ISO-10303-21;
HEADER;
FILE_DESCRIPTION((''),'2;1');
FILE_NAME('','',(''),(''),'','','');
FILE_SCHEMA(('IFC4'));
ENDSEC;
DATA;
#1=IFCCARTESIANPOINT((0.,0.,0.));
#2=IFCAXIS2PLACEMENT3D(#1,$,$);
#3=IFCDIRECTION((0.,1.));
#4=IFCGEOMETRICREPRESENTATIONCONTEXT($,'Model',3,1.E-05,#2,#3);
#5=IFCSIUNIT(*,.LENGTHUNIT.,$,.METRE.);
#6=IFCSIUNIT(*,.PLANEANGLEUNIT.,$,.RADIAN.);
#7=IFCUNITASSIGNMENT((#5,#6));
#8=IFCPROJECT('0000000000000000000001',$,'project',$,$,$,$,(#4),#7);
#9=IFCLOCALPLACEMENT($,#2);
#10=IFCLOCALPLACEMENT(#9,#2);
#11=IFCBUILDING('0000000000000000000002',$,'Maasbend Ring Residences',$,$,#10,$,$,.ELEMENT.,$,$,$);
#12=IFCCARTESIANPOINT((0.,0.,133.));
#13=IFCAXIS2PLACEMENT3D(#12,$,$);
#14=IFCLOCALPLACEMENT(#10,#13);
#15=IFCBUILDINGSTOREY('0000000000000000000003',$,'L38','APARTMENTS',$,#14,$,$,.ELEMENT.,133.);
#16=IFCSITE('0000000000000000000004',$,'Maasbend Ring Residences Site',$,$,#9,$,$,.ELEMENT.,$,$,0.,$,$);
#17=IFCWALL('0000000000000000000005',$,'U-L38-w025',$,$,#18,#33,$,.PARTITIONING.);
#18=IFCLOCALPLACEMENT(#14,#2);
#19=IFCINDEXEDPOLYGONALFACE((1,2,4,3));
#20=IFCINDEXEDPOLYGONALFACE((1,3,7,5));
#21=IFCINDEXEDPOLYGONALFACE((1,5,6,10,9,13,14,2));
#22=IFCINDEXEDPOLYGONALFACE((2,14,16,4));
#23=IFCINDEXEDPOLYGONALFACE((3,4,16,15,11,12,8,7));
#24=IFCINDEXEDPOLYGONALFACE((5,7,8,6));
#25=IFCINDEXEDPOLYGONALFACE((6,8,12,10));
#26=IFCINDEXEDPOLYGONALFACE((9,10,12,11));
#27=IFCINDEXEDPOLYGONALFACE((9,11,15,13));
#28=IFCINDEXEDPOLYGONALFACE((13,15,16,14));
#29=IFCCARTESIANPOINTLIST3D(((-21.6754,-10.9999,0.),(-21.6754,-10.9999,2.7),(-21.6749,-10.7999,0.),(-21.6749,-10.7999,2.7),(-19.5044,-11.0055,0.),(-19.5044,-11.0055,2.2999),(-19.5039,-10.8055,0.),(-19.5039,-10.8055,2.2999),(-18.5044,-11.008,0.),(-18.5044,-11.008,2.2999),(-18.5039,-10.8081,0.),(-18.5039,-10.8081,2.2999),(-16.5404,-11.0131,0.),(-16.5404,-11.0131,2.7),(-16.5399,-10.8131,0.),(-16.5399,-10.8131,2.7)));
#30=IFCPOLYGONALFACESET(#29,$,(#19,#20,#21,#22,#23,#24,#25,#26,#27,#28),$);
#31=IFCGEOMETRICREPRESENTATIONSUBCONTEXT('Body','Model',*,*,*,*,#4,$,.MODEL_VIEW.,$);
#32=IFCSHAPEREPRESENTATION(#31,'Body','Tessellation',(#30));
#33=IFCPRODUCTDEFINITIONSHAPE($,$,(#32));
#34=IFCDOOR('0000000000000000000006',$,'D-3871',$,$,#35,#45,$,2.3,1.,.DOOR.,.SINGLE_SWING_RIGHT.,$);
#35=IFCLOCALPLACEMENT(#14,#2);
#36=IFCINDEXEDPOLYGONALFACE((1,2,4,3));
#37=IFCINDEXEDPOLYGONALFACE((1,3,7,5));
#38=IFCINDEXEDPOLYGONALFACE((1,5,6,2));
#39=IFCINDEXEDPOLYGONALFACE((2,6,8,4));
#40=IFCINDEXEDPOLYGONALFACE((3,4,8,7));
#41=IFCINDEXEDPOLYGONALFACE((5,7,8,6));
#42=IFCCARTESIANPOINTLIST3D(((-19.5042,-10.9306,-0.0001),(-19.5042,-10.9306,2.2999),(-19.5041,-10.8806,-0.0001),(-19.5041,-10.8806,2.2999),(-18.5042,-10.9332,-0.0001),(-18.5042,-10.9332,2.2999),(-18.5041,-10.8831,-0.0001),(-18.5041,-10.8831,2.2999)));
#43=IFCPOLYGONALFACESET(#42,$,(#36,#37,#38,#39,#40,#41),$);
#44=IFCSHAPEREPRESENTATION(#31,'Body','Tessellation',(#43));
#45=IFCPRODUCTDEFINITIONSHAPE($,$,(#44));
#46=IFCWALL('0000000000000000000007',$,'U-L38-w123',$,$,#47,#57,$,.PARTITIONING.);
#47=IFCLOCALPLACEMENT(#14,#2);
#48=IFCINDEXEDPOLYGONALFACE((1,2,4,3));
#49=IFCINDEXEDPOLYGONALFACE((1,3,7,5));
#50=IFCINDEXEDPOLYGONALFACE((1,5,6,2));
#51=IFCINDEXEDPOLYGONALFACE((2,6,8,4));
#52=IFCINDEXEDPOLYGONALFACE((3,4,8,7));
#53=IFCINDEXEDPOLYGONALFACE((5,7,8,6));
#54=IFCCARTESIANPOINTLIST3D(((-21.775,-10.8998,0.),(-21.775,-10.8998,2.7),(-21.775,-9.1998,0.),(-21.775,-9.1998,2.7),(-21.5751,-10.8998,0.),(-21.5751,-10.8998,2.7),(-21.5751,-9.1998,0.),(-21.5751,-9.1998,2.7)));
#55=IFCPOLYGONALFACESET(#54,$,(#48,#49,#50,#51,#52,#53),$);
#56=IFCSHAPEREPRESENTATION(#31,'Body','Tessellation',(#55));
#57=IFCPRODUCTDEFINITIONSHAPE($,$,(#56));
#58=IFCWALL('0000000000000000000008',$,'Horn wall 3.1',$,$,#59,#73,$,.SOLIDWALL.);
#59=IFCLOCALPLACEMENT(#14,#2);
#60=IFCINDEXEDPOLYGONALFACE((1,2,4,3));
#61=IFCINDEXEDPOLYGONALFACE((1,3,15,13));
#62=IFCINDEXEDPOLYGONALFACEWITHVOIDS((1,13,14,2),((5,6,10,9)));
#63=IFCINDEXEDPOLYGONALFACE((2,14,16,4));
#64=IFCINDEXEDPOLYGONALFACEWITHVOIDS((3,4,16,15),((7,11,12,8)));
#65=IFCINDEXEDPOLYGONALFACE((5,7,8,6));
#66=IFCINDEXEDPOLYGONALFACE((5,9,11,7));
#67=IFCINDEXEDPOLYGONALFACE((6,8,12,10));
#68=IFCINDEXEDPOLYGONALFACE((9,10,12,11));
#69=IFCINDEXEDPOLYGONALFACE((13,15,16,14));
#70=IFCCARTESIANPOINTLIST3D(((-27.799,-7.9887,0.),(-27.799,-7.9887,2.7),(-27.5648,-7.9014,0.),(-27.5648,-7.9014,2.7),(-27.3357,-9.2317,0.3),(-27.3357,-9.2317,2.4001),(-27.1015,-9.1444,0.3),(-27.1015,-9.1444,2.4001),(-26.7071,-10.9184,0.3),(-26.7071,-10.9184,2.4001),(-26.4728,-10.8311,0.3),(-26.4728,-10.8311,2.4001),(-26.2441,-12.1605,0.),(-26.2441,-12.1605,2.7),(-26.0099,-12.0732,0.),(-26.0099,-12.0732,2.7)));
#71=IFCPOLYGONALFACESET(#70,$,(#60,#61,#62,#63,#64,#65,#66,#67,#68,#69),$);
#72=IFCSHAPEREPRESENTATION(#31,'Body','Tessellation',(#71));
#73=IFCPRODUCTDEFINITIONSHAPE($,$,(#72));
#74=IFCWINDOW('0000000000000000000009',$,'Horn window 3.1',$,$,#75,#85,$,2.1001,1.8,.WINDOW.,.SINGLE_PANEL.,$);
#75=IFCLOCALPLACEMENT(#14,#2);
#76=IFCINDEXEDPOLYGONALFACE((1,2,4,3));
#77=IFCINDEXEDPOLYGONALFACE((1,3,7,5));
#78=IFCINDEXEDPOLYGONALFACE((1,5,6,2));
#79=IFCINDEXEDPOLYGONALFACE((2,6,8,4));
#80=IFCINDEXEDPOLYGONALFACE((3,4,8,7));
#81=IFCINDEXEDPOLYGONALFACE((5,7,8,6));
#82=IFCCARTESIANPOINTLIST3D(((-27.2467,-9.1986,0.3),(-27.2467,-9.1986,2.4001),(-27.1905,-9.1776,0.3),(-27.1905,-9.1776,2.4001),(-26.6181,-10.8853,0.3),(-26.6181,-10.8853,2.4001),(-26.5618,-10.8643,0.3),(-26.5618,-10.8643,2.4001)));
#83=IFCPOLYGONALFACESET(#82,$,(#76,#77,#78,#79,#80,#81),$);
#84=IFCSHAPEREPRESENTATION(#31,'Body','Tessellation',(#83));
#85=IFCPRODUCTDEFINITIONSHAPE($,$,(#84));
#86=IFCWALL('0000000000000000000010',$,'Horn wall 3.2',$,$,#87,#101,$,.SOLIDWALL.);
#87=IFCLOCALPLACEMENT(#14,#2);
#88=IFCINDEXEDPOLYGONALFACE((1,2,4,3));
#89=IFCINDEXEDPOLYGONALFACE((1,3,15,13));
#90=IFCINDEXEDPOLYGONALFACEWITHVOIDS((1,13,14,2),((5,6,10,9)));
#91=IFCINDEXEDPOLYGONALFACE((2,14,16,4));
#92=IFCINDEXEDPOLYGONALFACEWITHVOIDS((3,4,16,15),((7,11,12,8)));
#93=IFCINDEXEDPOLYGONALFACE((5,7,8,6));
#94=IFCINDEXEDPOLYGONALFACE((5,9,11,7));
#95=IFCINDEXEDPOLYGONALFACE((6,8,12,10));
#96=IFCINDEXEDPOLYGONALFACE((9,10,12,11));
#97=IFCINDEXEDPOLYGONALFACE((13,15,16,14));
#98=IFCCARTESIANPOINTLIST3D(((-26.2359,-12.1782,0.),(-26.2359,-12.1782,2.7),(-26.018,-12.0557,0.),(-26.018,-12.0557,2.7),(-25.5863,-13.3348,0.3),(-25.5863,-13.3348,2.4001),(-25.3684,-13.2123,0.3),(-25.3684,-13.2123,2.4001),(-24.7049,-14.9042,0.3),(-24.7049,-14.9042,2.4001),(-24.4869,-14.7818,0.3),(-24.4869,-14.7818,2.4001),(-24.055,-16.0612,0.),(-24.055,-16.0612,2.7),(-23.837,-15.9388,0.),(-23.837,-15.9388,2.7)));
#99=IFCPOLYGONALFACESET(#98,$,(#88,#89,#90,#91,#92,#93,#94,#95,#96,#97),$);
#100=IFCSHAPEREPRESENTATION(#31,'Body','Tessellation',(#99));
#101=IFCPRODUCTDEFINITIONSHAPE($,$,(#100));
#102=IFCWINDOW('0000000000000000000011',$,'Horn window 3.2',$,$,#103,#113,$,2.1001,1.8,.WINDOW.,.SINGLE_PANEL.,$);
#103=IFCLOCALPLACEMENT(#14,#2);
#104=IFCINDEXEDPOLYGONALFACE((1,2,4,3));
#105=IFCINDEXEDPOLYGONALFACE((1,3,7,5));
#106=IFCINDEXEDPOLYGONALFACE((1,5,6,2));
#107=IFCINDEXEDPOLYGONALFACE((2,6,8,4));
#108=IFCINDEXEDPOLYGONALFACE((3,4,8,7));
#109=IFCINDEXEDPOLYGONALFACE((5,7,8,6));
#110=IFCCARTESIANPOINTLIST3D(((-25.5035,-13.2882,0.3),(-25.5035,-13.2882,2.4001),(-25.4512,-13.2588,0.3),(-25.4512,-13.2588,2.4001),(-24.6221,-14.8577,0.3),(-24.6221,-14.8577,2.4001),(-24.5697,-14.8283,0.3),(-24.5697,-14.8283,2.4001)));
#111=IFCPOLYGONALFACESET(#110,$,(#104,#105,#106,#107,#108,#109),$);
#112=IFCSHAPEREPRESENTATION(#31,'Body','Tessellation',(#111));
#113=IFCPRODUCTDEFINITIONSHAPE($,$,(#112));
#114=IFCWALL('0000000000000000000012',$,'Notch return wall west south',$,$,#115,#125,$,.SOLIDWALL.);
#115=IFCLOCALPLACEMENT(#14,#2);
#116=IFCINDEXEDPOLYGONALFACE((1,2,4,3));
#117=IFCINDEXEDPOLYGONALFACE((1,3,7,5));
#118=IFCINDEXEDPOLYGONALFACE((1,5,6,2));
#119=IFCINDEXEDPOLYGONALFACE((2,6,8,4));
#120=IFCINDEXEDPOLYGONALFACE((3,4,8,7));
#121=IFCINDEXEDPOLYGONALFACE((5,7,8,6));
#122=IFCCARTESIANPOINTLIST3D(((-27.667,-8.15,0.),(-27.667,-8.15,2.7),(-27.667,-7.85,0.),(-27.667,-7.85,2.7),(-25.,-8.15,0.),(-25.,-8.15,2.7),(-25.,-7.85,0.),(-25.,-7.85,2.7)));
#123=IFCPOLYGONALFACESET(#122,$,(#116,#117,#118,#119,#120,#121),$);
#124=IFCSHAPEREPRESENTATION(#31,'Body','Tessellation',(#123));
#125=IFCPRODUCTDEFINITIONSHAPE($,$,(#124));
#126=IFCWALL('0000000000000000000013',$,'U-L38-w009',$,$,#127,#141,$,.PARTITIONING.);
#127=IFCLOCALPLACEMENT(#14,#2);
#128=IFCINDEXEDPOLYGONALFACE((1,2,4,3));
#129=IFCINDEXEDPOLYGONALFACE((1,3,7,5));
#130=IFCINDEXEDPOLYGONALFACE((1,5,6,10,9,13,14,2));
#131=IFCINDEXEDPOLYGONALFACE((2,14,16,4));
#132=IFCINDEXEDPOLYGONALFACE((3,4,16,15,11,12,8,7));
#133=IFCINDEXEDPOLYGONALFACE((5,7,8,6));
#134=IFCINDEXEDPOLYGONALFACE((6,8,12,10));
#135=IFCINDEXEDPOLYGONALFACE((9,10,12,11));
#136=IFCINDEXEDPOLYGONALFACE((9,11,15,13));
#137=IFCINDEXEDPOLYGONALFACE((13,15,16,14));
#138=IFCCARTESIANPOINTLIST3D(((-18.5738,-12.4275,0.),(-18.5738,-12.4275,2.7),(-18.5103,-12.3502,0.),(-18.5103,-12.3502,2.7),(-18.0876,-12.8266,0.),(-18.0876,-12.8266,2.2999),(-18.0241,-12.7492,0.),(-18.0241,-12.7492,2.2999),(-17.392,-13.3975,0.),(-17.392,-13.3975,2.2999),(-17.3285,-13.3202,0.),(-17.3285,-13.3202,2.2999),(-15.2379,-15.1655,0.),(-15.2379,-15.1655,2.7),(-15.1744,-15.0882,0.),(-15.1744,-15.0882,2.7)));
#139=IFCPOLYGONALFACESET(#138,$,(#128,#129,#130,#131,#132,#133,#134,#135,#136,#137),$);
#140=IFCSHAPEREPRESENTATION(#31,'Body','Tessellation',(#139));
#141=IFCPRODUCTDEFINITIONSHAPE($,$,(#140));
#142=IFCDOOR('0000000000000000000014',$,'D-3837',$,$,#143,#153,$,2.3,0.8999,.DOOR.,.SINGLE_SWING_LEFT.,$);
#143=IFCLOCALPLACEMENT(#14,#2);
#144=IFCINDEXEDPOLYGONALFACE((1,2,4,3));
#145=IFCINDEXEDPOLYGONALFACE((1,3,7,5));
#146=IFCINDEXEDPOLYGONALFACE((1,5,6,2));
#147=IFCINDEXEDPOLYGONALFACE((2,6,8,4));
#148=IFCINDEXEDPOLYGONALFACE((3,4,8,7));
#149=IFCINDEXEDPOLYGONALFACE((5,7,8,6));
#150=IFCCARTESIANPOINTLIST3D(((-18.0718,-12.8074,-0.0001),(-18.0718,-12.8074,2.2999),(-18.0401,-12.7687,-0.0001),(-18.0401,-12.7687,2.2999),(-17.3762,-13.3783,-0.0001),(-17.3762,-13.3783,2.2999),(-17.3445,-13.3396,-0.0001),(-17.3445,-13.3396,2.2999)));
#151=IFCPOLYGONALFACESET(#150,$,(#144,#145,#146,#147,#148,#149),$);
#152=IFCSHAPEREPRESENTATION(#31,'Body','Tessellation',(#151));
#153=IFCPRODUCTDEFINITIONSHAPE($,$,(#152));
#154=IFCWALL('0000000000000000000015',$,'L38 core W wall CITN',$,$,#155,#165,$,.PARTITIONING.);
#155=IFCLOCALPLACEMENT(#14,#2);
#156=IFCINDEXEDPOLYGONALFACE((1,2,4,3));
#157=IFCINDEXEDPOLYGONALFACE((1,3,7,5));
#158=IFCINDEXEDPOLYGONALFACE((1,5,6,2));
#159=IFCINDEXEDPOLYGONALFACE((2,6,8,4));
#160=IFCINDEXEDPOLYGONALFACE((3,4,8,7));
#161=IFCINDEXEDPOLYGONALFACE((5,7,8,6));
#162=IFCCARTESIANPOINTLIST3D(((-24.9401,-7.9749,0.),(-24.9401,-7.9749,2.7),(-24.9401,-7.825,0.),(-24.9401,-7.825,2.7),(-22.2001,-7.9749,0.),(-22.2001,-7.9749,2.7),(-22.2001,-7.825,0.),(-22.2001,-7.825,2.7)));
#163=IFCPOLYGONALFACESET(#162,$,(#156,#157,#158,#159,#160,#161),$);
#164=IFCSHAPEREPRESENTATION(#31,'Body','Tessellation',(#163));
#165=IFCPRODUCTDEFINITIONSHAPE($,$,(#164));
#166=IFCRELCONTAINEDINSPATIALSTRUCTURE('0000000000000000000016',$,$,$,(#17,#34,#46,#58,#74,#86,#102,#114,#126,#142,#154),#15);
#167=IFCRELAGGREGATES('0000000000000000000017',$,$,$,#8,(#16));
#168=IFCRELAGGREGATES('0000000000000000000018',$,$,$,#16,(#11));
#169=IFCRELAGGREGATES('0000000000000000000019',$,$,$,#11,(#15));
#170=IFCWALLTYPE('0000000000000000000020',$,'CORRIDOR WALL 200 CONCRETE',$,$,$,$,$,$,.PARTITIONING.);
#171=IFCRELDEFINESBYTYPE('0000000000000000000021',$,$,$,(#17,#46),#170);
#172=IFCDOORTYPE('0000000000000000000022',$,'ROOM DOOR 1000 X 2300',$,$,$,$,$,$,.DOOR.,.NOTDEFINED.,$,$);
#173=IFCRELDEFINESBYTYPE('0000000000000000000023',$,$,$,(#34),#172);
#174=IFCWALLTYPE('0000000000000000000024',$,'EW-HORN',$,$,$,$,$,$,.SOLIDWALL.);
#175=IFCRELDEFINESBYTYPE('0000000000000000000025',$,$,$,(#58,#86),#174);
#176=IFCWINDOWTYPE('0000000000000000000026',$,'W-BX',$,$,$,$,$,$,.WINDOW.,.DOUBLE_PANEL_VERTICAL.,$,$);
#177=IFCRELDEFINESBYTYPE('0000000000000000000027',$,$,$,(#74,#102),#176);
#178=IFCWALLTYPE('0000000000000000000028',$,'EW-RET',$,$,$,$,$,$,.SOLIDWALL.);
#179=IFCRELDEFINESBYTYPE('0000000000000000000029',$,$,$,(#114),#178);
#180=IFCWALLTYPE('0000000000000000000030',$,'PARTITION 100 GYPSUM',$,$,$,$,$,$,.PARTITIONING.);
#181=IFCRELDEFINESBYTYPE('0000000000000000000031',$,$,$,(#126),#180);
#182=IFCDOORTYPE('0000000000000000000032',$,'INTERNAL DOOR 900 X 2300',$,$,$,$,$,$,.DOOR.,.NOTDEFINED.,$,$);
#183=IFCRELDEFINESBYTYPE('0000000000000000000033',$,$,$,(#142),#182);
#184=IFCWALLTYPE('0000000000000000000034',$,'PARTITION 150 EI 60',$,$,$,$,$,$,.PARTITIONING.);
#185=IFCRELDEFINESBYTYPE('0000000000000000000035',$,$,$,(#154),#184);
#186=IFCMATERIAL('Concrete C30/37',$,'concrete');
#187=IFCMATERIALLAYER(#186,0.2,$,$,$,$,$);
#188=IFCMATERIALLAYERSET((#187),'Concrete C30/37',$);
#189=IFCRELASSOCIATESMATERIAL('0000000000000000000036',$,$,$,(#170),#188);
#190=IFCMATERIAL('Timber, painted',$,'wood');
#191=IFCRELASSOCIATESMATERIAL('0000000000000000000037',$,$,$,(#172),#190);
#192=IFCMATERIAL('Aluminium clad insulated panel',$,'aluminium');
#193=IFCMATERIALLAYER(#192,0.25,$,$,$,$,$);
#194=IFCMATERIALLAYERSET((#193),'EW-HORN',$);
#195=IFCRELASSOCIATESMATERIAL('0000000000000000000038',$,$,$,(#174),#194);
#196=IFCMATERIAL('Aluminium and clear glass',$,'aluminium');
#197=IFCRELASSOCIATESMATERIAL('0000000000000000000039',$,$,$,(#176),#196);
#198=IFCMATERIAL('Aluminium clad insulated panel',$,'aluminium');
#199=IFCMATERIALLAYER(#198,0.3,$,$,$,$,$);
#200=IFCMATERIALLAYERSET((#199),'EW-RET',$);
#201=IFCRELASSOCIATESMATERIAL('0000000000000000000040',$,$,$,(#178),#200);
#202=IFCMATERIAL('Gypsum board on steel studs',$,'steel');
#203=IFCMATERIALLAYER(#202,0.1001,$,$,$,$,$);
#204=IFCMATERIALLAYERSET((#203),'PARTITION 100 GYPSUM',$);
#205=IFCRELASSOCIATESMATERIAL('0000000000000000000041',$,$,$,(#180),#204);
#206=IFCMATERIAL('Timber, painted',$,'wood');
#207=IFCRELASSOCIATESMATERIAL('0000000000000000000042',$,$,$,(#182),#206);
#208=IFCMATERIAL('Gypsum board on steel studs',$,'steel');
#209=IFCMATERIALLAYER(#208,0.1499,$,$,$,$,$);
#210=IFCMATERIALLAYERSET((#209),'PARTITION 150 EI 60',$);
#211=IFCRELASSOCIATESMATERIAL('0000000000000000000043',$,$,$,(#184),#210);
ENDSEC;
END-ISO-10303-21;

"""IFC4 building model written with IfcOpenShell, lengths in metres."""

from ifc_helpers import new_model, si_unit, direction, frame, frame_2d, origin, place, context, subcontext, project, spatial, rectangle, extrude, material, layer, layer_set, type_object, element, fill, save


model = new_model("IFC4")

# Units and contexts
model_context = context("Model", 3, precision=1e-05, world=origin(), true_north=direction((0.0, 1.0)))
body_context = subcontext(model_context, "Body", "Model", "MODEL_VIEW")
ifc_project = project(units=[si_unit("LENGTHUNIT", "METRE"), si_unit("PLANEANGLEUNIT", "RADIAN")], contexts=[model_context])

# Site, building, storey
site_placement = place(None, origin())
site = spatial("IfcSite", under=ifc_project, at=site_placement, Name="Maasbend Ring Residences Site", CompositionType="ELEMENT", RefElevation=0.0)
building_placement = place(site_placement, origin())
building = spatial("IfcBuilding", under=site, at=building_placement, Name="Maasbend Ring Residences", CompositionType="ELEMENT")
storey_placement = place(building_placement, frame((0.0, 0.0, 133.0)))
storey = spatial("IfcBuildingStorey", under=building, at=storey_placement, Name="L38", Description="APARTMENTS", CompositionType="ELEMENT", Elevation=133.0)

# Wall, opening, door
ifc_material_1 = material(Name="Concrete C30/37", Category="concrete")
ifc_layer_1 = layer(ifc_material_1, 0.2)
ifc_layer_set_1 = layer_set([ifc_layer_1], Name="Concrete C30/37")
wall_type_1 = type_object("IfcWallType", Name="CORRIDOR WALL 200 CONCRETE", PredefinedType="PARTITIONING", material=ifc_layer_set_1)
wall_1_placement = place(storey_placement, frame((-21.675, -10.8999, 0.0), z_axis=(0.0, 0.0, 1.0), x_axis=(0.999997, -0.002567, 0.0)))
wall_1 = element("IfcWall", 1, at=wall_1_placement, inside=storey, type_object=wall_type_1, Name="U-L38-w025", PredefinedType="PARTITIONING", context=body_context, shape_type="SweptSolid", body=[
    extrude(rectangle(XDim=5.135, YDim=0.2, at=frame_2d((2.5674, 0.0))), origin(), (0.0, 0.0, 1.0), 2.7),
])
opening_1_placement = place(wall_1_placement, frame((2.1709, 0.0, 0.0)))
opening_1 = element("IfcOpeningElement", 2, at=opening_1_placement, cuts=wall_1, PredefinedType="OPENING", context=body_context, shape_type="SweptSolid", body=[
    extrude(rectangle(XDim=1.0, YDim=2.3, at=frame_2d((0.5, 1.1499))), frame((0.0, 0.1099, 0.0), z_axis=(0.0, -1.0, 0.0), x_axis=(1.0, 0.0, 0.0)), (0.0, 0.0, 1.0), 0.22),
])
ifc_material_2 = material(Name="Timber, painted", Category="wood")
door_type_1 = type_object("IfcDoorType", Name="ROOM DOOR 1000 X 2300", OperationType="NOTDEFINED", PredefinedType="DOOR", material=ifc_material_2)
door_1_placement = place(opening_1_placement, origin())
door_1 = element("IfcDoor", 3, at=door_1_placement, inside=storey, type_object=door_type_1, Name="D-3871", OperationType="SINGLE_SWING_RIGHT", OverallHeight=2.3, OverallWidth=1.0, PredefinedType="DOOR", context=body_context, shape_type="SweptSolid", body=[
    extrude(rectangle(XDim=1.0, YDim=2.3, at=frame_2d((0.5, 1.1499))), frame((0.0, 0.0249, 0.0), z_axis=(0.0, -1.0, 0.0), x_axis=(1.0, 0.0, 0.0)), (0.0, 0.0, 1.0), 0.05),
])
fill(opening_1, door_1)

# Wall
wall_2_placement = place(storey_placement, frame((-21.675, -10.8999, 0.0), z_axis=(0.0, 0.0, 1.0), x_axis=(0.0, 1.0, 0.0)))
element("IfcWall", 4, at=wall_2_placement, inside=storey, type_object=wall_type_1, Name="U-L38-w123", PredefinedType="PARTITIONING", context=body_context, shape_type="SweptSolid", body=[
    extrude(rectangle(XDim=1.7, YDim=0.2, at=frame_2d((0.8501, 0.0))), origin(), (0.0, 0.0, 1.0), 2.7),
])

# Walls, openings, windows
ifc_material_3 = material(Name="Aluminium clad insulated panel", Category="aluminium")
ifc_layer_2 = layer(ifc_material_3, 0.25)
ifc_layer_set_2 = layer_set([ifc_layer_2], Name="EW-HORN")
wall_type_2 = type_object("IfcWallType", Name="EW-HORN", PredefinedType="SOLIDWALL", material=ifc_layer_set_2)
wall_3_placement = place(storey_placement, frame((-27.6819, -7.9451, 0.0), z_axis=(0.0, 0.0, 1.0), x_axis=(0.349248, -0.93703, 0.0)))
wall_3 = element("IfcWall", 5, at=wall_3_placement, inside=storey, type_object=wall_type_2, Name="Horn wall 3.1", PredefinedType="SOLIDWALL", context=body_context, shape_type="SweptSolid", body=[
    extrude(rectangle(XDim=4.4521, YDim=0.25, at=frame_2d((2.2261, 0.0))), origin(), (0.0, 0.0, 1.0), 2.7),
])
opening_2_placement = place(wall_3_placement, frame((1.3267, 0.0, 0.3)))
opening_2 = element("IfcOpeningElement", 6, at=opening_2_placement, cuts=wall_3, PredefinedType="OPENING", context=body_context, shape_type="SweptSolid", body=[
    extrude(rectangle(XDim=1.8, YDim=2.1001, at=frame_2d((0.8999, 1.05))), frame((0.0, 0.135, 0.0), z_axis=(0.0, -1.0, 0.0), x_axis=(1.0, 0.0, 0.0)), (0.0, 0.0, 1.0), 0.27),
])
ifc_material_4 = material(Name="Aluminium and clear glass", Category="aluminium")
window_type = type_object("IfcWindowType", Name="W-BX", PartitioningType="DOUBLE_PANEL_VERTICAL", PredefinedType="WINDOW", material=ifc_material_4)
window_1_placement = place(opening_2_placement, origin())
window_1 = element("IfcWindow", 7, at=window_1_placement, inside=storey, type_object=window_type, Name="Horn window 3.1", OverallHeight=2.1001, OverallWidth=1.8, PartitioningType="SINGLE_PANEL", PredefinedType="WINDOW", context=body_context, shape_type="SweptSolid", body=[
    extrude(rectangle(XDim=1.8, YDim=2.1001, at=frame_2d((0.8999, 1.05))), frame((0.0, 0.03, 0.0), z_axis=(0.0, -1.0, 0.0), x_axis=(1.0, 0.0, 0.0)), (0.0, 0.0, 1.0), 0.0601),
])
fill(opening_2, window_1)
wall_4_placement = place(storey_placement, frame((-26.127, -12.1169, 0.0), z_axis=(0.0, 0.0, 1.0), x_axis=(0.489696, -0.871893, 0.0)))
wall_4 = element("IfcWall", 8, at=wall_4_placement, inside=storey, type_object=wall_type_2, Name="Horn wall 3.2", PredefinedType="SOLIDWALL", context=body_context, shape_type="SweptSolid", body=[
    extrude(rectangle(XDim=4.4536, YDim=0.25, at=frame_2d((2.2268, 0.0))), origin(), (0.0, 0.0, 1.0), 2.7),
])
opening_3_placement = place(wall_4_placement, frame((1.3267, 0.0, 0.3)))
opening_3 = element("IfcOpeningElement", 9, at=opening_3_placement, cuts=wall_4, PredefinedType="OPENING", context=body_context, shape_type="SweptSolid", body=[
    extrude(rectangle(XDim=1.8, YDim=2.1001, at=frame_2d((0.8999, 1.05))), frame((0.0, 0.135, 0.0), z_axis=(0.0, -1.0, 0.0), x_axis=(1.0, 0.0, 0.0)), (0.0, 0.0, 1.0), 0.27),
])
window_2_placement = place(opening_3_placement, origin())
window_2 = element("IfcWindow", 10, at=window_2_placement, inside=storey, type_object=window_type, Name="Horn window 3.2", OverallHeight=2.1001, OverallWidth=1.8, PartitioningType="SINGLE_PANEL", PredefinedType="WINDOW", context=body_context, shape_type="SweptSolid", body=[
    extrude(rectangle(XDim=1.8, YDim=2.1001, at=frame_2d((0.8999, 1.05))), frame((0.0, 0.03, 0.0), z_axis=(0.0, -1.0, 0.0), x_axis=(1.0, 0.0, 0.0)), (0.0, 0.0, 1.0), 0.0601),
])
fill(opening_3, window_2)

# Wall
ifc_material_5 = material(Name="Aluminium clad insulated panel", Category="aluminium")
ifc_layer_3 = layer(ifc_material_5, 0.3)
ifc_layer_set_3 = layer_set([ifc_layer_3], Name="EW-RET")
wall_type_3 = type_object("IfcWallType", Name="EW-RET", PredefinedType="SOLIDWALL", material=ifc_layer_set_3)
wall_5_placement = place(storey_placement, frame((-25.0, -8.0, 0.0), z_axis=(0.0, 0.0, 1.0), x_axis=(-1.0, 0.0, 0.0)))
element("IfcWall", 11, at=wall_5_placement, inside=storey, type_object=wall_type_3, Name="Notch return wall west south", PredefinedType="SOLIDWALL", context=body_context, shape_type="SweptSolid", body=[
    extrude(rectangle(XDim=2.667, YDim=0.3, at=frame_2d((1.3335, 0.0))), origin(), (0.0, 0.0, 1.0), 2.7),
])

# Wall, opening, door
ifc_material_6 = material(Name="Gypsum board on steel studs", Category="steel")
ifc_layer_4 = layer(ifc_material_6, 0.1001)
ifc_layer_set_4 = layer_set([ifc_layer_4], Name="PARTITION 100 GYPSUM")
wall_type_4 = type_object("IfcWallType", Name="PARTITION 100 GYPSUM", PredefinedType="PARTITIONING", material=ifc_layer_set_4)
wall_6_placement = place(storey_placement, frame((-18.542, -12.3889, 0.0), z_axis=(0.0, 0.0, 1.0), x_axis=(0.772976, -0.634435, 0.0)))
wall_6 = element("IfcWall", 12, at=wall_6_placement, inside=storey, type_object=wall_type_4, Name="U-L38-w009", PredefinedType="PARTITIONING", context=body_context, shape_type="SweptSolid", body=[
    extrude(rectangle(XDim=4.3157, YDim=0.1001, at=frame_2d((2.1577, 0.0))), origin(), (0.0, 0.0, 1.0), 2.7),
])
opening_4_placement = place(wall_6_placement, frame((0.6289, 0.0, 0.0)))
opening_4 = element("IfcOpeningElement", 13, at=opening_4_placement, cuts=wall_6, PredefinedType="OPENING", context=body_context, shape_type="SweptSolid", body=[
    extrude(rectangle(XDim=0.8999, YDim=2.3, at=frame_2d((0.45, 1.1499))), frame((0.0, 0.0601, 0.0), z_axis=(0.0, -1.0, 0.0), x_axis=(1.0, 0.0, 0.0)), (0.0, 0.0, 1.0), 0.1201),
])
ifc_material_7 = material(Name="Timber, painted", Category="wood")
door_type_2 = type_object("IfcDoorType", Name="INTERNAL DOOR 900 X 2300", OperationType="NOTDEFINED", PredefinedType="DOOR", material=ifc_material_7)
door_2_placement = place(opening_4_placement, origin())
door_2 = element("IfcDoor", 14, at=door_2_placement, inside=storey, type_object=door_type_2, Name="D-3837", OperationType="SINGLE_SWING_LEFT", OverallHeight=2.3, OverallWidth=0.8999, PredefinedType="DOOR", context=body_context, shape_type="SweptSolid", body=[
    extrude(rectangle(XDim=0.8999, YDim=2.3, at=frame_2d((0.45, 1.1499))), frame((0.0, 0.0249, 0.0), z_axis=(0.0, -1.0, 0.0), x_axis=(1.0, 0.0, 0.0)), (0.0, 0.0, 1.0), 0.05),
])
fill(opening_4, door_2)

# Wall
ifc_material_8 = material(Name="Gypsum board on steel studs", Category="steel")
ifc_layer_5 = layer(ifc_material_8, 0.1499)
ifc_layer_set_5 = layer_set([ifc_layer_5], Name="PARTITION 150 EI 60")
wall_type_5 = type_object("IfcWallType", Name="PARTITION 150 EI 60", PredefinedType="PARTITIONING", material=ifc_layer_set_5)
wall_7_placement = place(storey_placement, frame((-22.2, -7.8999, 0.0), z_axis=(0.0, 0.0, 1.0), x_axis=(-1.0, 0.0, 0.0)))
element("IfcWall", 15, at=wall_7_placement, inside=storey, type_object=wall_type_5, Name="L38 core W wall CITN", PredefinedType="PARTITIONING", context=body_context, shape_type="SweptSolid", body=[
    extrude(rectangle(XDim=2.74, YDim=0.1499, at=frame_2d((1.3701, 0.0))), origin(), (0.0, 0.0, 1.0), 2.7),
])

save(model, "model.ifc")
